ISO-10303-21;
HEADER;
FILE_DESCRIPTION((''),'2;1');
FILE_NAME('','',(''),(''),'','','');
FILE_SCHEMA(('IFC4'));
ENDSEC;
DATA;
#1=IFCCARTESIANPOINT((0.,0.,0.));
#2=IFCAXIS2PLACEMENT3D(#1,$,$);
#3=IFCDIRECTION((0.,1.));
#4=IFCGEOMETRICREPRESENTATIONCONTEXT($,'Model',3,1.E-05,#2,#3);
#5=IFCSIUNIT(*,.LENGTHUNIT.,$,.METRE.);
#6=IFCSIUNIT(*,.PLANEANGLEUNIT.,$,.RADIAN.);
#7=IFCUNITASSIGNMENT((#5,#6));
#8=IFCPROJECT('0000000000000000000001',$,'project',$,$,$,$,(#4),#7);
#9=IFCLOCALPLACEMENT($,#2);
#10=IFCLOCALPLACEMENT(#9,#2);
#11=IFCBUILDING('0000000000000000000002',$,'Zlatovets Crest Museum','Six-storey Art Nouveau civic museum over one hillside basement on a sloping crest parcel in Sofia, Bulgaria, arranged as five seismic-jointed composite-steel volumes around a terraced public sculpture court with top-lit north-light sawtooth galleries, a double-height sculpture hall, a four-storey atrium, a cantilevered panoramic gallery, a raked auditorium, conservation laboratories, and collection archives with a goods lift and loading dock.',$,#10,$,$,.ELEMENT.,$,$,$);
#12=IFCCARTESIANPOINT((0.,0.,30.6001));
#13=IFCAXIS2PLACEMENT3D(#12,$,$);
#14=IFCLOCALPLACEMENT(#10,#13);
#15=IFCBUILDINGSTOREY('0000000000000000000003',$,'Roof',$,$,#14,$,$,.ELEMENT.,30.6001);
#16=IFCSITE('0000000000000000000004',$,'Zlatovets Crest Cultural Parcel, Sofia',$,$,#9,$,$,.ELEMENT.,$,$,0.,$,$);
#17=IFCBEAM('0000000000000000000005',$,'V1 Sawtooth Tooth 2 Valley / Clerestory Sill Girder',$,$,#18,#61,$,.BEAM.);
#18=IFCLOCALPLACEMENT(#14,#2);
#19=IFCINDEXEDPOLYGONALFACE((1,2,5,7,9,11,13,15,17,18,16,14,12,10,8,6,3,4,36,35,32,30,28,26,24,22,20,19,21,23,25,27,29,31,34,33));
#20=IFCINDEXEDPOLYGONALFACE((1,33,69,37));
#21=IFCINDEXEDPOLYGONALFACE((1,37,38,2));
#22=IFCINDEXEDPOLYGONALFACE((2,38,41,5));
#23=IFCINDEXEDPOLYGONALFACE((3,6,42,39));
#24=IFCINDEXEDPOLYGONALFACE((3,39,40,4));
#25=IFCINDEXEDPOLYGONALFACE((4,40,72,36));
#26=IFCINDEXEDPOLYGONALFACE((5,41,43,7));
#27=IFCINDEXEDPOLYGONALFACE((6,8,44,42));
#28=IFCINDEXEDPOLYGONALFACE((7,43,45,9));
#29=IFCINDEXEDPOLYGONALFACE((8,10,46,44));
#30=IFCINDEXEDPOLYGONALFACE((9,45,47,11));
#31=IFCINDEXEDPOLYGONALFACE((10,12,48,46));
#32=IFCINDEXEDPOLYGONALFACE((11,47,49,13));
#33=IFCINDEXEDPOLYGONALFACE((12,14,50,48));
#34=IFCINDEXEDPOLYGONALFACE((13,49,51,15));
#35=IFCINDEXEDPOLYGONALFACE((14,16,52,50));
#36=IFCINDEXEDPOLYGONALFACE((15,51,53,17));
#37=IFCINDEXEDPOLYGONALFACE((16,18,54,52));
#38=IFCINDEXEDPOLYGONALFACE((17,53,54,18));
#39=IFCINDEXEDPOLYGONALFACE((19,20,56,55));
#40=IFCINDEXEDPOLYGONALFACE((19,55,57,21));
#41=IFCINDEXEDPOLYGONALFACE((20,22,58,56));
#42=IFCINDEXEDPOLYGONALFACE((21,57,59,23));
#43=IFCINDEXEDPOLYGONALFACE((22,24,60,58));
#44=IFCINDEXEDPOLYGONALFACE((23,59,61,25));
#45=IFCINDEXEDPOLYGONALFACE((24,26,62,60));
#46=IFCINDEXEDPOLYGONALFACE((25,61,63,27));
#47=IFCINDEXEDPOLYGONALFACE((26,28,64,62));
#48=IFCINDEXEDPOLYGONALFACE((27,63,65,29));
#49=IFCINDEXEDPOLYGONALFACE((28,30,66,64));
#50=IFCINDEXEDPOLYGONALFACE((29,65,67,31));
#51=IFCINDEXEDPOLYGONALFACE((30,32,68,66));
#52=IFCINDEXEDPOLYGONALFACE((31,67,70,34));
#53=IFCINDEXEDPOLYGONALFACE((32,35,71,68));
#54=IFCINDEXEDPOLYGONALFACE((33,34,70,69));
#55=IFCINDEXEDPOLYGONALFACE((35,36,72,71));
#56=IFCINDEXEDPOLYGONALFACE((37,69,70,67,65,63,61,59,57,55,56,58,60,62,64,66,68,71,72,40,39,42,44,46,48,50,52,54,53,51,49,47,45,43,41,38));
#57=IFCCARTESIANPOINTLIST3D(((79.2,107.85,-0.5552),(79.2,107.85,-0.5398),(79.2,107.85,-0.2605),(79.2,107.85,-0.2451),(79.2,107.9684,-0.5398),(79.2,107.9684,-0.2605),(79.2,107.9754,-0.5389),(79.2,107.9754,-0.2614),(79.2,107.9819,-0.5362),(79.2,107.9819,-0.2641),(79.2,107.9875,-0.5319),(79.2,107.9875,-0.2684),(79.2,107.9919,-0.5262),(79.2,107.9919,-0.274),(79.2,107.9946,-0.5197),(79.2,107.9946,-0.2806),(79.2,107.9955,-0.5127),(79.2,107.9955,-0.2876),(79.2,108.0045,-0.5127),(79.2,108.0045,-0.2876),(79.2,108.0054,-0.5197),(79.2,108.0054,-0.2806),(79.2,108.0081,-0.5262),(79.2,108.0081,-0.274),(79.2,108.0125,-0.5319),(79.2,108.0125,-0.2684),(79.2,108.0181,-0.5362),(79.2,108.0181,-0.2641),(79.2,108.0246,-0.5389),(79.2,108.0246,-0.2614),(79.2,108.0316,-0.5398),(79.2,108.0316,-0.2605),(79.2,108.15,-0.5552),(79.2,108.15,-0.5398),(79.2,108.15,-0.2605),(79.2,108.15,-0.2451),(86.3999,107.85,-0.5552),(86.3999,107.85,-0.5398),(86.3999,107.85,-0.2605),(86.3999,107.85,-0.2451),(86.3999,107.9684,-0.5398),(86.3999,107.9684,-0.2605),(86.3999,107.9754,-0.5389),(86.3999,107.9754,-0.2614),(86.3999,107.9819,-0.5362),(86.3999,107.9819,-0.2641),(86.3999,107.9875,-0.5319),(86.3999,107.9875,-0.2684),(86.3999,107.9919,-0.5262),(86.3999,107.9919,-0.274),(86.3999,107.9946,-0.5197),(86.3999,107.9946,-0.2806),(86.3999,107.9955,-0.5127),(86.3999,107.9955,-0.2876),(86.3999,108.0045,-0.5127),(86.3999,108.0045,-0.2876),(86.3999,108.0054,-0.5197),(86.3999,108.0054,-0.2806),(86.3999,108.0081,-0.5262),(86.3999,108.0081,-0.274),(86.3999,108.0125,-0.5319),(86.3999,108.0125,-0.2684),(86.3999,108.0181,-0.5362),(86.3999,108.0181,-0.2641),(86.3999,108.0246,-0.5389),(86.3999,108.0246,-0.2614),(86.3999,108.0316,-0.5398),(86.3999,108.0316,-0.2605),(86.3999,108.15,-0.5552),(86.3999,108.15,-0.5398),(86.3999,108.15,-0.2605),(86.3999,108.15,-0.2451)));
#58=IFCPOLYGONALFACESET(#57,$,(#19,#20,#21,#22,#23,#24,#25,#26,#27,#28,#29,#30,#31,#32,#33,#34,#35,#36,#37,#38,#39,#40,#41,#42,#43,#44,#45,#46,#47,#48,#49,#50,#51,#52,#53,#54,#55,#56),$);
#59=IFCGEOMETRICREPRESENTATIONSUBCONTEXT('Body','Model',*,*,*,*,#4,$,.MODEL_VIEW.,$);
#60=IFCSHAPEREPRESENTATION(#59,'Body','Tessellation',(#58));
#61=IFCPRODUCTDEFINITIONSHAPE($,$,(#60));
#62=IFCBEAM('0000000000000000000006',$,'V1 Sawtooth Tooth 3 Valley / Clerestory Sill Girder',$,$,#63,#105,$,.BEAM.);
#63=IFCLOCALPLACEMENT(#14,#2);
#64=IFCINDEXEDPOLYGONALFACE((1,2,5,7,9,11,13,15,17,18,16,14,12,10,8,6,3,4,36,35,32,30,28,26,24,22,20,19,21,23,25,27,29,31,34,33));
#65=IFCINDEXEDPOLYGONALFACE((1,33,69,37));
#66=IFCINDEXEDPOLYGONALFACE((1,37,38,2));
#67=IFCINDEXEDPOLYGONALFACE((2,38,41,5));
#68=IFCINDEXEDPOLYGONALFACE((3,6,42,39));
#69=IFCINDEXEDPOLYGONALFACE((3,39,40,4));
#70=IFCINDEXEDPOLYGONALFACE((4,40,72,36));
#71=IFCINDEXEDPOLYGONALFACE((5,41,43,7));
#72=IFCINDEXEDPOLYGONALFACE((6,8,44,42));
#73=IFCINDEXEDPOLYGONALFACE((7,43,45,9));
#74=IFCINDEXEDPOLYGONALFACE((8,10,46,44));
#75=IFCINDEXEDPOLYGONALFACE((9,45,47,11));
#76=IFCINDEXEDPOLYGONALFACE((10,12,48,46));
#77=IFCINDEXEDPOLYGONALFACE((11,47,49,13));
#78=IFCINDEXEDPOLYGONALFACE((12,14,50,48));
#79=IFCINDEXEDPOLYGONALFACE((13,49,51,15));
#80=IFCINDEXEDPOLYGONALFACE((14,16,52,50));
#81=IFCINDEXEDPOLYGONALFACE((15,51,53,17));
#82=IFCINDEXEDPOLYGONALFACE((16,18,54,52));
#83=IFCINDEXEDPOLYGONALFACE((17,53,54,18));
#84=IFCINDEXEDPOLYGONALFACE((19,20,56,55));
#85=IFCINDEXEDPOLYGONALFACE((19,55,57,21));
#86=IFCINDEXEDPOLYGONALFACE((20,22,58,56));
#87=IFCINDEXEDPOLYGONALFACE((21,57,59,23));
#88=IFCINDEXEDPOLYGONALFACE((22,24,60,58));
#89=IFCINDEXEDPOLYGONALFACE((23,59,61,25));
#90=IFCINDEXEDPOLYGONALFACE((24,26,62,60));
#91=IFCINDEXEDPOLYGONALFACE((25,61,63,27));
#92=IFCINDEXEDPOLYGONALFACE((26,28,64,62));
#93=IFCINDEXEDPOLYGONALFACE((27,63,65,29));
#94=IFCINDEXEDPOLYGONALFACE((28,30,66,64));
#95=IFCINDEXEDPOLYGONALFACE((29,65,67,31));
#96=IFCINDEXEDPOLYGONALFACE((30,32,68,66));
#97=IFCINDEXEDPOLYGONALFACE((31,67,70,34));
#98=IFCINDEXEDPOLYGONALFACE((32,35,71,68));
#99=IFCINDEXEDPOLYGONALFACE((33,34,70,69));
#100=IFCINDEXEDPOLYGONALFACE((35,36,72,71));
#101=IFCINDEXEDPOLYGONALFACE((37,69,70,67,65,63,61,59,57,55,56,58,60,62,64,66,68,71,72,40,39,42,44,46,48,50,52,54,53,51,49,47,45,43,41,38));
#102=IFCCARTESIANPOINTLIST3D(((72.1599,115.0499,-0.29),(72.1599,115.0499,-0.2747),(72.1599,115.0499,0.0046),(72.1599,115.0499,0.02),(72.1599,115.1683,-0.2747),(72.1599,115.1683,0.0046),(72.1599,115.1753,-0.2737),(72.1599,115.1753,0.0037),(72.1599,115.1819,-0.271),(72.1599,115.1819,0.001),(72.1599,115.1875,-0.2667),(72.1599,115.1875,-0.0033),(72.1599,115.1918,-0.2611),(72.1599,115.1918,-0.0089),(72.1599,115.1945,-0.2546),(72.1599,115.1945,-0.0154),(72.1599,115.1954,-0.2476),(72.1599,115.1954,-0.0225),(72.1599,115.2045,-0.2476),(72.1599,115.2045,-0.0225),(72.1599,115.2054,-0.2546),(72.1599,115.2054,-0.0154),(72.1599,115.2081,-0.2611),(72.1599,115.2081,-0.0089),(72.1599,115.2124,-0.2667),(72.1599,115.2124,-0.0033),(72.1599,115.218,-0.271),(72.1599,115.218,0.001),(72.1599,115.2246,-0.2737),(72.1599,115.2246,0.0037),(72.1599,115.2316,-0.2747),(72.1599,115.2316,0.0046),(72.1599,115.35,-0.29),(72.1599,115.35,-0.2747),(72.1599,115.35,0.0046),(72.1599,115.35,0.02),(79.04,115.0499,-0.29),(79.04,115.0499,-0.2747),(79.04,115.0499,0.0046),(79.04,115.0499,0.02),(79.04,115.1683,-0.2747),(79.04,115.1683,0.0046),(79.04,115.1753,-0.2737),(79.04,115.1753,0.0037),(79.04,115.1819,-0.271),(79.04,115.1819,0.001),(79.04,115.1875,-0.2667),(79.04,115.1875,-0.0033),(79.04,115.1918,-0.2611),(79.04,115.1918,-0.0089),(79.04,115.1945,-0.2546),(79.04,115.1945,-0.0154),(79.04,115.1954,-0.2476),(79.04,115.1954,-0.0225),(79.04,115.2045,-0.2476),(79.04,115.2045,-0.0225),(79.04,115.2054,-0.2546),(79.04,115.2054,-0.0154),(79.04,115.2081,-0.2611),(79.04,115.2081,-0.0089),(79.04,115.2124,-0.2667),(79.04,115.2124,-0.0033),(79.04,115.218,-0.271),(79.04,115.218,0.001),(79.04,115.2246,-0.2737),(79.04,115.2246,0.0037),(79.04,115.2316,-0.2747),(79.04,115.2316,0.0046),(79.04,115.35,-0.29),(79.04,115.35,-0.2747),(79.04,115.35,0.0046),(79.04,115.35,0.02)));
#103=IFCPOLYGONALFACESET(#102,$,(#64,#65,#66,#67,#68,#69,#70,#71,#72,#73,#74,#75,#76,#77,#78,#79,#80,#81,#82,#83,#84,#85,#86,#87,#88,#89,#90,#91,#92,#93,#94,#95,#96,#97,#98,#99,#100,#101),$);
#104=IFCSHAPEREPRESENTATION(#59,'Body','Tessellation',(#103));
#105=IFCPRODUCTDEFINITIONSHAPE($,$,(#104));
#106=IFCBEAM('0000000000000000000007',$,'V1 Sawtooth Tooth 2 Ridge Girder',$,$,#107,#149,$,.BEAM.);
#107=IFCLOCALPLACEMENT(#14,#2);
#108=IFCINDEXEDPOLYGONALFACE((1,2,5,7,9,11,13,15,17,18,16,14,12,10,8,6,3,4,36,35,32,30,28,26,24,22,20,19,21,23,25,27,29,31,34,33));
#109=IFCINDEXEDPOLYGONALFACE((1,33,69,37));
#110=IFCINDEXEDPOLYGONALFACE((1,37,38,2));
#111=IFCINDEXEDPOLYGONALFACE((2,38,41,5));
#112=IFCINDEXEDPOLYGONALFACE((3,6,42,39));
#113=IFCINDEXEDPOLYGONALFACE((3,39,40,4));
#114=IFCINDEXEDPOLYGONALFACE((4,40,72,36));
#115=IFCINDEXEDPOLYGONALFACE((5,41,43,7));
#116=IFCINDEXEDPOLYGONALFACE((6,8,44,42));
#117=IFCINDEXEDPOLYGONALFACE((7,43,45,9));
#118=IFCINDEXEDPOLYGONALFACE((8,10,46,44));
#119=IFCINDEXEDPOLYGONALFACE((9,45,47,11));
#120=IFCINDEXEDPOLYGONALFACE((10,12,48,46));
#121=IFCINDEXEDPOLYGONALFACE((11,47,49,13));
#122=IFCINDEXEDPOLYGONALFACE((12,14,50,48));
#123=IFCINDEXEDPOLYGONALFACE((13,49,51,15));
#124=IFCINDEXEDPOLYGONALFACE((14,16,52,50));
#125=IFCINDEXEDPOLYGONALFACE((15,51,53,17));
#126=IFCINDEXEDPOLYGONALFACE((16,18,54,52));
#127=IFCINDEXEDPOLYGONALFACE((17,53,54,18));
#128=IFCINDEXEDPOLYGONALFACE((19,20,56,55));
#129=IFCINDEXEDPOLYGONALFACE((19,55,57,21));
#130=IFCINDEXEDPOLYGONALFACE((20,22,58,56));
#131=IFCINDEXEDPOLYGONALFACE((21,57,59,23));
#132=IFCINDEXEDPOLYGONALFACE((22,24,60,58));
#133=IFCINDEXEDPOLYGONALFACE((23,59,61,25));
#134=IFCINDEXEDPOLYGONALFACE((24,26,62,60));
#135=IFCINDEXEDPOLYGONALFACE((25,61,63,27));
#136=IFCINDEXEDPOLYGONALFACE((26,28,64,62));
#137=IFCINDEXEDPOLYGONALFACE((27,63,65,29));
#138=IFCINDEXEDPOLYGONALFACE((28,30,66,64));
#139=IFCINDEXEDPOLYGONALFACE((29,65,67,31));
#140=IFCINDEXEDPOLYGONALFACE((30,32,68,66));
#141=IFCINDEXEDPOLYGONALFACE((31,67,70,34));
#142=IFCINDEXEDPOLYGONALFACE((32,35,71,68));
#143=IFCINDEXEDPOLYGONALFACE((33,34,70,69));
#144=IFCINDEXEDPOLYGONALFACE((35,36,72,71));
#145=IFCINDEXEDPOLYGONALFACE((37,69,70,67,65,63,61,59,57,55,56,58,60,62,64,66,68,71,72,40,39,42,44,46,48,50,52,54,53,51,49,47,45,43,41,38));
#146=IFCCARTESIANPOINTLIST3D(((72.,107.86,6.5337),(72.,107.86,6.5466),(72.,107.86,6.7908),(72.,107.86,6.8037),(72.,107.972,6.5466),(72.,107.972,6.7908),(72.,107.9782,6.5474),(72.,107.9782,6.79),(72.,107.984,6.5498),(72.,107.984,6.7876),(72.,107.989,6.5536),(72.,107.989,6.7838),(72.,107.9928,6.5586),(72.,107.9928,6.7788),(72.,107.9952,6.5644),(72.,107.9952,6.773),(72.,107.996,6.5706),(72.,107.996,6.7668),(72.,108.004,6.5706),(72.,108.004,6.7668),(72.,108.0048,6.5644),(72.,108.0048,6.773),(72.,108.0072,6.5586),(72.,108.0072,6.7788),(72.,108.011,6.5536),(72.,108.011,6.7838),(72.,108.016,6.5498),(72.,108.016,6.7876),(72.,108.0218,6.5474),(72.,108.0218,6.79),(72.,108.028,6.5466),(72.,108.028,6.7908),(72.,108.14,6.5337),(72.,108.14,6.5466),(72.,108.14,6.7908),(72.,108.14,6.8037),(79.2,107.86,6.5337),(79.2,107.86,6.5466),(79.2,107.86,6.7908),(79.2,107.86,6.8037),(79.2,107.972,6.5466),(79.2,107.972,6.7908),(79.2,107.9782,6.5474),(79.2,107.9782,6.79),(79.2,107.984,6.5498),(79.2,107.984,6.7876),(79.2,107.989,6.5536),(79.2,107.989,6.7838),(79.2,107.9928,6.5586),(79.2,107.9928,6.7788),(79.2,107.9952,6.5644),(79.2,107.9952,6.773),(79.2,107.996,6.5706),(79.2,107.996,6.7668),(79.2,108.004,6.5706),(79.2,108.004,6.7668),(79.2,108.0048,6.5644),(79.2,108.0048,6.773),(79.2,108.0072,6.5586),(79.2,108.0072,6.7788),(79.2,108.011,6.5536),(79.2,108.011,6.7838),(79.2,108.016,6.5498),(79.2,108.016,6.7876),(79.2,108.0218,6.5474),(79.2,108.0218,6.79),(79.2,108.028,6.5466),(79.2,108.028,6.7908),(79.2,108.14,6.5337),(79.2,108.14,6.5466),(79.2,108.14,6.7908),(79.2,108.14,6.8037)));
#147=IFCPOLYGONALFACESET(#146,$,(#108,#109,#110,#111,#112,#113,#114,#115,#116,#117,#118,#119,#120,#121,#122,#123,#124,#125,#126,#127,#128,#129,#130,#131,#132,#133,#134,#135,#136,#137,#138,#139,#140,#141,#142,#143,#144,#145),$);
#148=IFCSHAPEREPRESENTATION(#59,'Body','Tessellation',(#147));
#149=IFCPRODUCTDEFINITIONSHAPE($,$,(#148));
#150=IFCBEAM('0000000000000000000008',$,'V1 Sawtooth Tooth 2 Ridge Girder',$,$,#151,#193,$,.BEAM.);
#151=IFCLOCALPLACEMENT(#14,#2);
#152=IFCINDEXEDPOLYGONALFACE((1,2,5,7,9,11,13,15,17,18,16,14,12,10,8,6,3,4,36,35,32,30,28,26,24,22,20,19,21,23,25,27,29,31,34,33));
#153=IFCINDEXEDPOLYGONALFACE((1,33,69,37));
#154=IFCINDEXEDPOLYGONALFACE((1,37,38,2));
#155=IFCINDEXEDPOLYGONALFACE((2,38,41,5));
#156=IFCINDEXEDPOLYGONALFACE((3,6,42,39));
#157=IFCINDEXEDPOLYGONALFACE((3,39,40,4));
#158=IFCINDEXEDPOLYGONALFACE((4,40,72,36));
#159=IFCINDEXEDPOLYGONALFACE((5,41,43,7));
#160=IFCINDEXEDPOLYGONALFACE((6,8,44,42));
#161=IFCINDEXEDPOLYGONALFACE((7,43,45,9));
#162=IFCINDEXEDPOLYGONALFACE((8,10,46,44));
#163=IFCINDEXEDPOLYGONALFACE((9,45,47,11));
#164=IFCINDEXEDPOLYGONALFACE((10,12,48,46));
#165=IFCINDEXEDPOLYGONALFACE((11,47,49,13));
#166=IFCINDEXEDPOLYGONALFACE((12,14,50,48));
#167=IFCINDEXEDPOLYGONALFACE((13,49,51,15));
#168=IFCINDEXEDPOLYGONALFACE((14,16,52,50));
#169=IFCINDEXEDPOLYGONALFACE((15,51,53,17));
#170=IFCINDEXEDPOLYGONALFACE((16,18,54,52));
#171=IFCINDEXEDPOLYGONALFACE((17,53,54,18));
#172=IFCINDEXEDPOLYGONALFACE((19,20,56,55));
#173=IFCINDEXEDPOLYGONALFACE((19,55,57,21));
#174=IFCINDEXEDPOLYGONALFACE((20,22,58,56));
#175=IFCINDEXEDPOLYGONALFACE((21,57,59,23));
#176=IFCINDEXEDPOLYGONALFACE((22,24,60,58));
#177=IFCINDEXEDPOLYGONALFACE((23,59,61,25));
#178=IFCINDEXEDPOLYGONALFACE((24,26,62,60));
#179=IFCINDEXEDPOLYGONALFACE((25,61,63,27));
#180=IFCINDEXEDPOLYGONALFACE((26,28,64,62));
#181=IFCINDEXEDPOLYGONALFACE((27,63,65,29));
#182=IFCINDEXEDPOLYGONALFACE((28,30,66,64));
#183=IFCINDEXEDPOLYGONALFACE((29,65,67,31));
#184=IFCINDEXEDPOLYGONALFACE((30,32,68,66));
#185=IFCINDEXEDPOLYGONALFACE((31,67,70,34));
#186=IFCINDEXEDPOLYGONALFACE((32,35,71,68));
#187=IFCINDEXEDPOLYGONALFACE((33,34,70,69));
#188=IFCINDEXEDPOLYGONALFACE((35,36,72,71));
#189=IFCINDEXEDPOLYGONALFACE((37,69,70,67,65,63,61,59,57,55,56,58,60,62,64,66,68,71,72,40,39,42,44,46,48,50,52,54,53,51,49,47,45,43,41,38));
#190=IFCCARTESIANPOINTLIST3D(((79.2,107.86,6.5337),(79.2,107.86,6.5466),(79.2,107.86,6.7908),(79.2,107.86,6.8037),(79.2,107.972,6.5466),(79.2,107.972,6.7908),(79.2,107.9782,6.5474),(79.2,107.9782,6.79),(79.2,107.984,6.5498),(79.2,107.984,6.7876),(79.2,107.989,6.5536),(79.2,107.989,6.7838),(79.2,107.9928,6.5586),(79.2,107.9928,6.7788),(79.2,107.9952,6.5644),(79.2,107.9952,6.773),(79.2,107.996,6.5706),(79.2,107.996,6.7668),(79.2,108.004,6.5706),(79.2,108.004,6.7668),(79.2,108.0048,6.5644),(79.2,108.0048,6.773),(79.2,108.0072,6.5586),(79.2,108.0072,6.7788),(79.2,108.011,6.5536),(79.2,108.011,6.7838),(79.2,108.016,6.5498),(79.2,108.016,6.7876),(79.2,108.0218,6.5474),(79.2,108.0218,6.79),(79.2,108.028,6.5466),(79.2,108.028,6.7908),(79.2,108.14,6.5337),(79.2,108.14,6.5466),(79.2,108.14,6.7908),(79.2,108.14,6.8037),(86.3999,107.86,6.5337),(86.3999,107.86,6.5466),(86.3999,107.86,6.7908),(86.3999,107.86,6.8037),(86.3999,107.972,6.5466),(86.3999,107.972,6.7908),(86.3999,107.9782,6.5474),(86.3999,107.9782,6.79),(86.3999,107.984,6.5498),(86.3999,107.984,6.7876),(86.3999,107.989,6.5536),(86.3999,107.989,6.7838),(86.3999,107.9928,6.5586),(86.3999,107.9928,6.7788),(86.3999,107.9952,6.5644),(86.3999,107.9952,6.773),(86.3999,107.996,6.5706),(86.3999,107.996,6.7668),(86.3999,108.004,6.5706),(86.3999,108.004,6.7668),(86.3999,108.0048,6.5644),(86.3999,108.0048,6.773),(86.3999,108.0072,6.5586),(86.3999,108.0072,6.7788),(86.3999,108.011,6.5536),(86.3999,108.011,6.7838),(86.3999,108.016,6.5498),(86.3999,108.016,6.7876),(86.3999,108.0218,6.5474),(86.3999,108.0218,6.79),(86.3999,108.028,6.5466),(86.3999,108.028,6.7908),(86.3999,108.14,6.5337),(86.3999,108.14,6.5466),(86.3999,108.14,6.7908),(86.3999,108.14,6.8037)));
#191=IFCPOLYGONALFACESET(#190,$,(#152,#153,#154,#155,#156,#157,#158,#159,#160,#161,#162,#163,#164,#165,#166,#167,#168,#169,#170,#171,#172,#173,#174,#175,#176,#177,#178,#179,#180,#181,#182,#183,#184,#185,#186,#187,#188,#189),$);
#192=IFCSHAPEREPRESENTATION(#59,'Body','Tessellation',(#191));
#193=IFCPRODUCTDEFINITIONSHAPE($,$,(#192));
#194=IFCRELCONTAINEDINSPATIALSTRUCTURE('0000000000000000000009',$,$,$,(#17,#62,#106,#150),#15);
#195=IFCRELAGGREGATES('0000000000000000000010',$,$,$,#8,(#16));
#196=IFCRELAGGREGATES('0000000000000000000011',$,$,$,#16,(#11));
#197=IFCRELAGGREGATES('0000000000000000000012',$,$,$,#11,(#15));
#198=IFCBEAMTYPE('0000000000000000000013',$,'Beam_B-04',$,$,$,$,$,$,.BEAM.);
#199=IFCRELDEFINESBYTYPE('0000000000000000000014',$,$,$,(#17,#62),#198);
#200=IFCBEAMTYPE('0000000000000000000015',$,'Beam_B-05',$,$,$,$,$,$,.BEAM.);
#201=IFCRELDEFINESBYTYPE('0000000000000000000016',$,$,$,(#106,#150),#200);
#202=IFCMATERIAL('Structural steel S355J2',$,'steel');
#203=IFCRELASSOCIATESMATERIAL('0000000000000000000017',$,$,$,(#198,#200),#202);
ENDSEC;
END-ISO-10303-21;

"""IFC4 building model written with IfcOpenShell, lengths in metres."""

from ifc_helpers import new_model, si_unit, direction, frame, origin, origin_2d, place, context, subcontext, project, spatial, i_section, extrude, material, material_profile, profile_set, type_object, element, save


model = new_model("IFC4")

# Units and contexts
model_context = context("Model", 3, precision=1e-05, world=origin(), true_north=direction((0.0, 1.0)))
body_context = subcontext(model_context, "Body", "Model", "MODEL_VIEW")
ifc_project = project(units=[si_unit("LENGTHUNIT", "METRE"), si_unit("PLANEANGLEUNIT", "RADIAN")], contexts=[model_context])

# Site, building, storey
site_placement = place(None, origin())
site = spatial("IfcSite", under=ifc_project, at=site_placement, Name="Zlatovets Crest Cultural Parcel, Sofia", CompositionType="ELEMENT", RefElevation=0.0)
building_placement = place(site_placement, origin())
building = spatial("IfcBuilding", under=site, at=building_placement, Name="Zlatovets Crest Museum", Description="Six-storey Art Nouveau civic museum over one hillside basement on a sloping crest parcel in Sofia, Bulgaria, arranged as five seismic-jointed composite-steel volumes around a terraced public sculpture court with top-lit north-light sawtooth galleries, a double-height sculpture hall, a four-storey atrium, a cantilevered panoramic gallery, a raked auditorium, conservation laboratories, and collection archives with a goods lift and loading dock.", CompositionType="ELEMENT")
storey_placement = place(building_placement, frame((0.0, 0.0, 30.6001)))
storey = spatial("IfcBuildingStorey", under=building, at=storey_placement, Name="Roof", CompositionType="ELEMENT", Elevation=30.6001)

# Beams
ifc_material_1 = material(Name="Structural steel S355J2", Category="steel")
ifc_material_profile_1 = material_profile(ifc_material_1, i_section(OverallWidth=0.3, OverallDepth=0.3101, WebThickness=0.009, FlangeThickness=0.0154, FilletRadius=0.0271, at=origin_2d()), Name="HEA 320")
ifc_profile_set_1 = profile_set([ifc_material_profile_1], Name="Structural steel S355J2")
beam_type_1 = type_object("IfcBeamType", Name="Beam_B-04", PredefinedType="BEAM", material=ifc_profile_set_1)
beam_1_placement = place(storey_placement, frame((79.2, 108.0, -0.4001), z_axis=(1.0, 0.0, 0.0), x_axis=(0.0, 1.0, 0.0)))
element("IfcBeam", 1, at=beam_1_placement, inside=storey, type_object=beam_type_1, Name="V1 Sawtooth Tooth 2 Valley / Clerestory Sill Girder", PredefinedType="BEAM", context=body_context, shape_type="SweptSolid", body=[
    extrude(i_section(OverallWidth=0.3, OverallDepth=0.3101, WebThickness=0.009, FlangeThickness=0.0154, FilletRadius=0.0271, at=origin_2d()), origin(), (0.0, 0.0, 1.0), 7.2),
])
beam_2_placement = place(storey_placement, frame((72.1599, 115.2, -0.135), z_axis=(1.0, 0.0, 0.0), x_axis=(0.0, 1.0, 0.0)))
element("IfcBeam", 2, at=beam_2_placement, inside=storey, type_object=beam_type_1, Name="V1 Sawtooth Tooth 3 Valley / Clerestory Sill Girder", PredefinedType="BEAM", context=body_context, shape_type="SweptSolid", body=[
    extrude(i_section(OverallWidth=0.3, OverallDepth=0.3101, WebThickness=0.009, FlangeThickness=0.0154, FilletRadius=0.0271, at=origin_2d()), origin(), (0.0, 0.0, 1.0), 6.8801),
])
ifc_material_profile_2 = material_profile(ifc_material_1, i_section(OverallWidth=0.28, OverallDepth=0.27, WebThickness=0.0081, FlangeThickness=0.0129, FilletRadius=0.0239, at=origin_2d()), Name="HEA 280")
ifc_profile_set_2 = profile_set([ifc_material_profile_2], Name="Structural steel S355J2")
beam_type_2 = type_object("IfcBeamType", Name="Beam_B-05", PredefinedType="BEAM", material=ifc_profile_set_2)
for number, where, z_axis, x_axis, name in (
    (3, (72.0, 108.0, 6.6687), (1.0, 0.0, 0.0), (0.0, 1.0, 0.0), "V1 Sawtooth Tooth 2 Ridge Girder"),
    (4, (79.2, 108.0, 6.6687), (1.0, 0.0, 0.0), (0.0, 1.0, 0.0), "V1 Sawtooth Tooth 2 Ridge Girder"),
):
    element("IfcBeam", number, at=place(storey_placement, frame(where, z_axis=z_axis, x_axis=x_axis)), inside=storey, type_object=beam_type_2, Name=name, PredefinedType="BEAM", context=body_context, shape_type="SweptSolid", body=[
        extrude(i_section(OverallWidth=0.28, OverallDepth=0.27, WebThickness=0.0081, FlangeThickness=0.0129, FilletRadius=0.0239, at=origin_2d()), origin(), (0.0, 0.0, 1.0), 7.2),
    ])

save(model, "model.ifc")
